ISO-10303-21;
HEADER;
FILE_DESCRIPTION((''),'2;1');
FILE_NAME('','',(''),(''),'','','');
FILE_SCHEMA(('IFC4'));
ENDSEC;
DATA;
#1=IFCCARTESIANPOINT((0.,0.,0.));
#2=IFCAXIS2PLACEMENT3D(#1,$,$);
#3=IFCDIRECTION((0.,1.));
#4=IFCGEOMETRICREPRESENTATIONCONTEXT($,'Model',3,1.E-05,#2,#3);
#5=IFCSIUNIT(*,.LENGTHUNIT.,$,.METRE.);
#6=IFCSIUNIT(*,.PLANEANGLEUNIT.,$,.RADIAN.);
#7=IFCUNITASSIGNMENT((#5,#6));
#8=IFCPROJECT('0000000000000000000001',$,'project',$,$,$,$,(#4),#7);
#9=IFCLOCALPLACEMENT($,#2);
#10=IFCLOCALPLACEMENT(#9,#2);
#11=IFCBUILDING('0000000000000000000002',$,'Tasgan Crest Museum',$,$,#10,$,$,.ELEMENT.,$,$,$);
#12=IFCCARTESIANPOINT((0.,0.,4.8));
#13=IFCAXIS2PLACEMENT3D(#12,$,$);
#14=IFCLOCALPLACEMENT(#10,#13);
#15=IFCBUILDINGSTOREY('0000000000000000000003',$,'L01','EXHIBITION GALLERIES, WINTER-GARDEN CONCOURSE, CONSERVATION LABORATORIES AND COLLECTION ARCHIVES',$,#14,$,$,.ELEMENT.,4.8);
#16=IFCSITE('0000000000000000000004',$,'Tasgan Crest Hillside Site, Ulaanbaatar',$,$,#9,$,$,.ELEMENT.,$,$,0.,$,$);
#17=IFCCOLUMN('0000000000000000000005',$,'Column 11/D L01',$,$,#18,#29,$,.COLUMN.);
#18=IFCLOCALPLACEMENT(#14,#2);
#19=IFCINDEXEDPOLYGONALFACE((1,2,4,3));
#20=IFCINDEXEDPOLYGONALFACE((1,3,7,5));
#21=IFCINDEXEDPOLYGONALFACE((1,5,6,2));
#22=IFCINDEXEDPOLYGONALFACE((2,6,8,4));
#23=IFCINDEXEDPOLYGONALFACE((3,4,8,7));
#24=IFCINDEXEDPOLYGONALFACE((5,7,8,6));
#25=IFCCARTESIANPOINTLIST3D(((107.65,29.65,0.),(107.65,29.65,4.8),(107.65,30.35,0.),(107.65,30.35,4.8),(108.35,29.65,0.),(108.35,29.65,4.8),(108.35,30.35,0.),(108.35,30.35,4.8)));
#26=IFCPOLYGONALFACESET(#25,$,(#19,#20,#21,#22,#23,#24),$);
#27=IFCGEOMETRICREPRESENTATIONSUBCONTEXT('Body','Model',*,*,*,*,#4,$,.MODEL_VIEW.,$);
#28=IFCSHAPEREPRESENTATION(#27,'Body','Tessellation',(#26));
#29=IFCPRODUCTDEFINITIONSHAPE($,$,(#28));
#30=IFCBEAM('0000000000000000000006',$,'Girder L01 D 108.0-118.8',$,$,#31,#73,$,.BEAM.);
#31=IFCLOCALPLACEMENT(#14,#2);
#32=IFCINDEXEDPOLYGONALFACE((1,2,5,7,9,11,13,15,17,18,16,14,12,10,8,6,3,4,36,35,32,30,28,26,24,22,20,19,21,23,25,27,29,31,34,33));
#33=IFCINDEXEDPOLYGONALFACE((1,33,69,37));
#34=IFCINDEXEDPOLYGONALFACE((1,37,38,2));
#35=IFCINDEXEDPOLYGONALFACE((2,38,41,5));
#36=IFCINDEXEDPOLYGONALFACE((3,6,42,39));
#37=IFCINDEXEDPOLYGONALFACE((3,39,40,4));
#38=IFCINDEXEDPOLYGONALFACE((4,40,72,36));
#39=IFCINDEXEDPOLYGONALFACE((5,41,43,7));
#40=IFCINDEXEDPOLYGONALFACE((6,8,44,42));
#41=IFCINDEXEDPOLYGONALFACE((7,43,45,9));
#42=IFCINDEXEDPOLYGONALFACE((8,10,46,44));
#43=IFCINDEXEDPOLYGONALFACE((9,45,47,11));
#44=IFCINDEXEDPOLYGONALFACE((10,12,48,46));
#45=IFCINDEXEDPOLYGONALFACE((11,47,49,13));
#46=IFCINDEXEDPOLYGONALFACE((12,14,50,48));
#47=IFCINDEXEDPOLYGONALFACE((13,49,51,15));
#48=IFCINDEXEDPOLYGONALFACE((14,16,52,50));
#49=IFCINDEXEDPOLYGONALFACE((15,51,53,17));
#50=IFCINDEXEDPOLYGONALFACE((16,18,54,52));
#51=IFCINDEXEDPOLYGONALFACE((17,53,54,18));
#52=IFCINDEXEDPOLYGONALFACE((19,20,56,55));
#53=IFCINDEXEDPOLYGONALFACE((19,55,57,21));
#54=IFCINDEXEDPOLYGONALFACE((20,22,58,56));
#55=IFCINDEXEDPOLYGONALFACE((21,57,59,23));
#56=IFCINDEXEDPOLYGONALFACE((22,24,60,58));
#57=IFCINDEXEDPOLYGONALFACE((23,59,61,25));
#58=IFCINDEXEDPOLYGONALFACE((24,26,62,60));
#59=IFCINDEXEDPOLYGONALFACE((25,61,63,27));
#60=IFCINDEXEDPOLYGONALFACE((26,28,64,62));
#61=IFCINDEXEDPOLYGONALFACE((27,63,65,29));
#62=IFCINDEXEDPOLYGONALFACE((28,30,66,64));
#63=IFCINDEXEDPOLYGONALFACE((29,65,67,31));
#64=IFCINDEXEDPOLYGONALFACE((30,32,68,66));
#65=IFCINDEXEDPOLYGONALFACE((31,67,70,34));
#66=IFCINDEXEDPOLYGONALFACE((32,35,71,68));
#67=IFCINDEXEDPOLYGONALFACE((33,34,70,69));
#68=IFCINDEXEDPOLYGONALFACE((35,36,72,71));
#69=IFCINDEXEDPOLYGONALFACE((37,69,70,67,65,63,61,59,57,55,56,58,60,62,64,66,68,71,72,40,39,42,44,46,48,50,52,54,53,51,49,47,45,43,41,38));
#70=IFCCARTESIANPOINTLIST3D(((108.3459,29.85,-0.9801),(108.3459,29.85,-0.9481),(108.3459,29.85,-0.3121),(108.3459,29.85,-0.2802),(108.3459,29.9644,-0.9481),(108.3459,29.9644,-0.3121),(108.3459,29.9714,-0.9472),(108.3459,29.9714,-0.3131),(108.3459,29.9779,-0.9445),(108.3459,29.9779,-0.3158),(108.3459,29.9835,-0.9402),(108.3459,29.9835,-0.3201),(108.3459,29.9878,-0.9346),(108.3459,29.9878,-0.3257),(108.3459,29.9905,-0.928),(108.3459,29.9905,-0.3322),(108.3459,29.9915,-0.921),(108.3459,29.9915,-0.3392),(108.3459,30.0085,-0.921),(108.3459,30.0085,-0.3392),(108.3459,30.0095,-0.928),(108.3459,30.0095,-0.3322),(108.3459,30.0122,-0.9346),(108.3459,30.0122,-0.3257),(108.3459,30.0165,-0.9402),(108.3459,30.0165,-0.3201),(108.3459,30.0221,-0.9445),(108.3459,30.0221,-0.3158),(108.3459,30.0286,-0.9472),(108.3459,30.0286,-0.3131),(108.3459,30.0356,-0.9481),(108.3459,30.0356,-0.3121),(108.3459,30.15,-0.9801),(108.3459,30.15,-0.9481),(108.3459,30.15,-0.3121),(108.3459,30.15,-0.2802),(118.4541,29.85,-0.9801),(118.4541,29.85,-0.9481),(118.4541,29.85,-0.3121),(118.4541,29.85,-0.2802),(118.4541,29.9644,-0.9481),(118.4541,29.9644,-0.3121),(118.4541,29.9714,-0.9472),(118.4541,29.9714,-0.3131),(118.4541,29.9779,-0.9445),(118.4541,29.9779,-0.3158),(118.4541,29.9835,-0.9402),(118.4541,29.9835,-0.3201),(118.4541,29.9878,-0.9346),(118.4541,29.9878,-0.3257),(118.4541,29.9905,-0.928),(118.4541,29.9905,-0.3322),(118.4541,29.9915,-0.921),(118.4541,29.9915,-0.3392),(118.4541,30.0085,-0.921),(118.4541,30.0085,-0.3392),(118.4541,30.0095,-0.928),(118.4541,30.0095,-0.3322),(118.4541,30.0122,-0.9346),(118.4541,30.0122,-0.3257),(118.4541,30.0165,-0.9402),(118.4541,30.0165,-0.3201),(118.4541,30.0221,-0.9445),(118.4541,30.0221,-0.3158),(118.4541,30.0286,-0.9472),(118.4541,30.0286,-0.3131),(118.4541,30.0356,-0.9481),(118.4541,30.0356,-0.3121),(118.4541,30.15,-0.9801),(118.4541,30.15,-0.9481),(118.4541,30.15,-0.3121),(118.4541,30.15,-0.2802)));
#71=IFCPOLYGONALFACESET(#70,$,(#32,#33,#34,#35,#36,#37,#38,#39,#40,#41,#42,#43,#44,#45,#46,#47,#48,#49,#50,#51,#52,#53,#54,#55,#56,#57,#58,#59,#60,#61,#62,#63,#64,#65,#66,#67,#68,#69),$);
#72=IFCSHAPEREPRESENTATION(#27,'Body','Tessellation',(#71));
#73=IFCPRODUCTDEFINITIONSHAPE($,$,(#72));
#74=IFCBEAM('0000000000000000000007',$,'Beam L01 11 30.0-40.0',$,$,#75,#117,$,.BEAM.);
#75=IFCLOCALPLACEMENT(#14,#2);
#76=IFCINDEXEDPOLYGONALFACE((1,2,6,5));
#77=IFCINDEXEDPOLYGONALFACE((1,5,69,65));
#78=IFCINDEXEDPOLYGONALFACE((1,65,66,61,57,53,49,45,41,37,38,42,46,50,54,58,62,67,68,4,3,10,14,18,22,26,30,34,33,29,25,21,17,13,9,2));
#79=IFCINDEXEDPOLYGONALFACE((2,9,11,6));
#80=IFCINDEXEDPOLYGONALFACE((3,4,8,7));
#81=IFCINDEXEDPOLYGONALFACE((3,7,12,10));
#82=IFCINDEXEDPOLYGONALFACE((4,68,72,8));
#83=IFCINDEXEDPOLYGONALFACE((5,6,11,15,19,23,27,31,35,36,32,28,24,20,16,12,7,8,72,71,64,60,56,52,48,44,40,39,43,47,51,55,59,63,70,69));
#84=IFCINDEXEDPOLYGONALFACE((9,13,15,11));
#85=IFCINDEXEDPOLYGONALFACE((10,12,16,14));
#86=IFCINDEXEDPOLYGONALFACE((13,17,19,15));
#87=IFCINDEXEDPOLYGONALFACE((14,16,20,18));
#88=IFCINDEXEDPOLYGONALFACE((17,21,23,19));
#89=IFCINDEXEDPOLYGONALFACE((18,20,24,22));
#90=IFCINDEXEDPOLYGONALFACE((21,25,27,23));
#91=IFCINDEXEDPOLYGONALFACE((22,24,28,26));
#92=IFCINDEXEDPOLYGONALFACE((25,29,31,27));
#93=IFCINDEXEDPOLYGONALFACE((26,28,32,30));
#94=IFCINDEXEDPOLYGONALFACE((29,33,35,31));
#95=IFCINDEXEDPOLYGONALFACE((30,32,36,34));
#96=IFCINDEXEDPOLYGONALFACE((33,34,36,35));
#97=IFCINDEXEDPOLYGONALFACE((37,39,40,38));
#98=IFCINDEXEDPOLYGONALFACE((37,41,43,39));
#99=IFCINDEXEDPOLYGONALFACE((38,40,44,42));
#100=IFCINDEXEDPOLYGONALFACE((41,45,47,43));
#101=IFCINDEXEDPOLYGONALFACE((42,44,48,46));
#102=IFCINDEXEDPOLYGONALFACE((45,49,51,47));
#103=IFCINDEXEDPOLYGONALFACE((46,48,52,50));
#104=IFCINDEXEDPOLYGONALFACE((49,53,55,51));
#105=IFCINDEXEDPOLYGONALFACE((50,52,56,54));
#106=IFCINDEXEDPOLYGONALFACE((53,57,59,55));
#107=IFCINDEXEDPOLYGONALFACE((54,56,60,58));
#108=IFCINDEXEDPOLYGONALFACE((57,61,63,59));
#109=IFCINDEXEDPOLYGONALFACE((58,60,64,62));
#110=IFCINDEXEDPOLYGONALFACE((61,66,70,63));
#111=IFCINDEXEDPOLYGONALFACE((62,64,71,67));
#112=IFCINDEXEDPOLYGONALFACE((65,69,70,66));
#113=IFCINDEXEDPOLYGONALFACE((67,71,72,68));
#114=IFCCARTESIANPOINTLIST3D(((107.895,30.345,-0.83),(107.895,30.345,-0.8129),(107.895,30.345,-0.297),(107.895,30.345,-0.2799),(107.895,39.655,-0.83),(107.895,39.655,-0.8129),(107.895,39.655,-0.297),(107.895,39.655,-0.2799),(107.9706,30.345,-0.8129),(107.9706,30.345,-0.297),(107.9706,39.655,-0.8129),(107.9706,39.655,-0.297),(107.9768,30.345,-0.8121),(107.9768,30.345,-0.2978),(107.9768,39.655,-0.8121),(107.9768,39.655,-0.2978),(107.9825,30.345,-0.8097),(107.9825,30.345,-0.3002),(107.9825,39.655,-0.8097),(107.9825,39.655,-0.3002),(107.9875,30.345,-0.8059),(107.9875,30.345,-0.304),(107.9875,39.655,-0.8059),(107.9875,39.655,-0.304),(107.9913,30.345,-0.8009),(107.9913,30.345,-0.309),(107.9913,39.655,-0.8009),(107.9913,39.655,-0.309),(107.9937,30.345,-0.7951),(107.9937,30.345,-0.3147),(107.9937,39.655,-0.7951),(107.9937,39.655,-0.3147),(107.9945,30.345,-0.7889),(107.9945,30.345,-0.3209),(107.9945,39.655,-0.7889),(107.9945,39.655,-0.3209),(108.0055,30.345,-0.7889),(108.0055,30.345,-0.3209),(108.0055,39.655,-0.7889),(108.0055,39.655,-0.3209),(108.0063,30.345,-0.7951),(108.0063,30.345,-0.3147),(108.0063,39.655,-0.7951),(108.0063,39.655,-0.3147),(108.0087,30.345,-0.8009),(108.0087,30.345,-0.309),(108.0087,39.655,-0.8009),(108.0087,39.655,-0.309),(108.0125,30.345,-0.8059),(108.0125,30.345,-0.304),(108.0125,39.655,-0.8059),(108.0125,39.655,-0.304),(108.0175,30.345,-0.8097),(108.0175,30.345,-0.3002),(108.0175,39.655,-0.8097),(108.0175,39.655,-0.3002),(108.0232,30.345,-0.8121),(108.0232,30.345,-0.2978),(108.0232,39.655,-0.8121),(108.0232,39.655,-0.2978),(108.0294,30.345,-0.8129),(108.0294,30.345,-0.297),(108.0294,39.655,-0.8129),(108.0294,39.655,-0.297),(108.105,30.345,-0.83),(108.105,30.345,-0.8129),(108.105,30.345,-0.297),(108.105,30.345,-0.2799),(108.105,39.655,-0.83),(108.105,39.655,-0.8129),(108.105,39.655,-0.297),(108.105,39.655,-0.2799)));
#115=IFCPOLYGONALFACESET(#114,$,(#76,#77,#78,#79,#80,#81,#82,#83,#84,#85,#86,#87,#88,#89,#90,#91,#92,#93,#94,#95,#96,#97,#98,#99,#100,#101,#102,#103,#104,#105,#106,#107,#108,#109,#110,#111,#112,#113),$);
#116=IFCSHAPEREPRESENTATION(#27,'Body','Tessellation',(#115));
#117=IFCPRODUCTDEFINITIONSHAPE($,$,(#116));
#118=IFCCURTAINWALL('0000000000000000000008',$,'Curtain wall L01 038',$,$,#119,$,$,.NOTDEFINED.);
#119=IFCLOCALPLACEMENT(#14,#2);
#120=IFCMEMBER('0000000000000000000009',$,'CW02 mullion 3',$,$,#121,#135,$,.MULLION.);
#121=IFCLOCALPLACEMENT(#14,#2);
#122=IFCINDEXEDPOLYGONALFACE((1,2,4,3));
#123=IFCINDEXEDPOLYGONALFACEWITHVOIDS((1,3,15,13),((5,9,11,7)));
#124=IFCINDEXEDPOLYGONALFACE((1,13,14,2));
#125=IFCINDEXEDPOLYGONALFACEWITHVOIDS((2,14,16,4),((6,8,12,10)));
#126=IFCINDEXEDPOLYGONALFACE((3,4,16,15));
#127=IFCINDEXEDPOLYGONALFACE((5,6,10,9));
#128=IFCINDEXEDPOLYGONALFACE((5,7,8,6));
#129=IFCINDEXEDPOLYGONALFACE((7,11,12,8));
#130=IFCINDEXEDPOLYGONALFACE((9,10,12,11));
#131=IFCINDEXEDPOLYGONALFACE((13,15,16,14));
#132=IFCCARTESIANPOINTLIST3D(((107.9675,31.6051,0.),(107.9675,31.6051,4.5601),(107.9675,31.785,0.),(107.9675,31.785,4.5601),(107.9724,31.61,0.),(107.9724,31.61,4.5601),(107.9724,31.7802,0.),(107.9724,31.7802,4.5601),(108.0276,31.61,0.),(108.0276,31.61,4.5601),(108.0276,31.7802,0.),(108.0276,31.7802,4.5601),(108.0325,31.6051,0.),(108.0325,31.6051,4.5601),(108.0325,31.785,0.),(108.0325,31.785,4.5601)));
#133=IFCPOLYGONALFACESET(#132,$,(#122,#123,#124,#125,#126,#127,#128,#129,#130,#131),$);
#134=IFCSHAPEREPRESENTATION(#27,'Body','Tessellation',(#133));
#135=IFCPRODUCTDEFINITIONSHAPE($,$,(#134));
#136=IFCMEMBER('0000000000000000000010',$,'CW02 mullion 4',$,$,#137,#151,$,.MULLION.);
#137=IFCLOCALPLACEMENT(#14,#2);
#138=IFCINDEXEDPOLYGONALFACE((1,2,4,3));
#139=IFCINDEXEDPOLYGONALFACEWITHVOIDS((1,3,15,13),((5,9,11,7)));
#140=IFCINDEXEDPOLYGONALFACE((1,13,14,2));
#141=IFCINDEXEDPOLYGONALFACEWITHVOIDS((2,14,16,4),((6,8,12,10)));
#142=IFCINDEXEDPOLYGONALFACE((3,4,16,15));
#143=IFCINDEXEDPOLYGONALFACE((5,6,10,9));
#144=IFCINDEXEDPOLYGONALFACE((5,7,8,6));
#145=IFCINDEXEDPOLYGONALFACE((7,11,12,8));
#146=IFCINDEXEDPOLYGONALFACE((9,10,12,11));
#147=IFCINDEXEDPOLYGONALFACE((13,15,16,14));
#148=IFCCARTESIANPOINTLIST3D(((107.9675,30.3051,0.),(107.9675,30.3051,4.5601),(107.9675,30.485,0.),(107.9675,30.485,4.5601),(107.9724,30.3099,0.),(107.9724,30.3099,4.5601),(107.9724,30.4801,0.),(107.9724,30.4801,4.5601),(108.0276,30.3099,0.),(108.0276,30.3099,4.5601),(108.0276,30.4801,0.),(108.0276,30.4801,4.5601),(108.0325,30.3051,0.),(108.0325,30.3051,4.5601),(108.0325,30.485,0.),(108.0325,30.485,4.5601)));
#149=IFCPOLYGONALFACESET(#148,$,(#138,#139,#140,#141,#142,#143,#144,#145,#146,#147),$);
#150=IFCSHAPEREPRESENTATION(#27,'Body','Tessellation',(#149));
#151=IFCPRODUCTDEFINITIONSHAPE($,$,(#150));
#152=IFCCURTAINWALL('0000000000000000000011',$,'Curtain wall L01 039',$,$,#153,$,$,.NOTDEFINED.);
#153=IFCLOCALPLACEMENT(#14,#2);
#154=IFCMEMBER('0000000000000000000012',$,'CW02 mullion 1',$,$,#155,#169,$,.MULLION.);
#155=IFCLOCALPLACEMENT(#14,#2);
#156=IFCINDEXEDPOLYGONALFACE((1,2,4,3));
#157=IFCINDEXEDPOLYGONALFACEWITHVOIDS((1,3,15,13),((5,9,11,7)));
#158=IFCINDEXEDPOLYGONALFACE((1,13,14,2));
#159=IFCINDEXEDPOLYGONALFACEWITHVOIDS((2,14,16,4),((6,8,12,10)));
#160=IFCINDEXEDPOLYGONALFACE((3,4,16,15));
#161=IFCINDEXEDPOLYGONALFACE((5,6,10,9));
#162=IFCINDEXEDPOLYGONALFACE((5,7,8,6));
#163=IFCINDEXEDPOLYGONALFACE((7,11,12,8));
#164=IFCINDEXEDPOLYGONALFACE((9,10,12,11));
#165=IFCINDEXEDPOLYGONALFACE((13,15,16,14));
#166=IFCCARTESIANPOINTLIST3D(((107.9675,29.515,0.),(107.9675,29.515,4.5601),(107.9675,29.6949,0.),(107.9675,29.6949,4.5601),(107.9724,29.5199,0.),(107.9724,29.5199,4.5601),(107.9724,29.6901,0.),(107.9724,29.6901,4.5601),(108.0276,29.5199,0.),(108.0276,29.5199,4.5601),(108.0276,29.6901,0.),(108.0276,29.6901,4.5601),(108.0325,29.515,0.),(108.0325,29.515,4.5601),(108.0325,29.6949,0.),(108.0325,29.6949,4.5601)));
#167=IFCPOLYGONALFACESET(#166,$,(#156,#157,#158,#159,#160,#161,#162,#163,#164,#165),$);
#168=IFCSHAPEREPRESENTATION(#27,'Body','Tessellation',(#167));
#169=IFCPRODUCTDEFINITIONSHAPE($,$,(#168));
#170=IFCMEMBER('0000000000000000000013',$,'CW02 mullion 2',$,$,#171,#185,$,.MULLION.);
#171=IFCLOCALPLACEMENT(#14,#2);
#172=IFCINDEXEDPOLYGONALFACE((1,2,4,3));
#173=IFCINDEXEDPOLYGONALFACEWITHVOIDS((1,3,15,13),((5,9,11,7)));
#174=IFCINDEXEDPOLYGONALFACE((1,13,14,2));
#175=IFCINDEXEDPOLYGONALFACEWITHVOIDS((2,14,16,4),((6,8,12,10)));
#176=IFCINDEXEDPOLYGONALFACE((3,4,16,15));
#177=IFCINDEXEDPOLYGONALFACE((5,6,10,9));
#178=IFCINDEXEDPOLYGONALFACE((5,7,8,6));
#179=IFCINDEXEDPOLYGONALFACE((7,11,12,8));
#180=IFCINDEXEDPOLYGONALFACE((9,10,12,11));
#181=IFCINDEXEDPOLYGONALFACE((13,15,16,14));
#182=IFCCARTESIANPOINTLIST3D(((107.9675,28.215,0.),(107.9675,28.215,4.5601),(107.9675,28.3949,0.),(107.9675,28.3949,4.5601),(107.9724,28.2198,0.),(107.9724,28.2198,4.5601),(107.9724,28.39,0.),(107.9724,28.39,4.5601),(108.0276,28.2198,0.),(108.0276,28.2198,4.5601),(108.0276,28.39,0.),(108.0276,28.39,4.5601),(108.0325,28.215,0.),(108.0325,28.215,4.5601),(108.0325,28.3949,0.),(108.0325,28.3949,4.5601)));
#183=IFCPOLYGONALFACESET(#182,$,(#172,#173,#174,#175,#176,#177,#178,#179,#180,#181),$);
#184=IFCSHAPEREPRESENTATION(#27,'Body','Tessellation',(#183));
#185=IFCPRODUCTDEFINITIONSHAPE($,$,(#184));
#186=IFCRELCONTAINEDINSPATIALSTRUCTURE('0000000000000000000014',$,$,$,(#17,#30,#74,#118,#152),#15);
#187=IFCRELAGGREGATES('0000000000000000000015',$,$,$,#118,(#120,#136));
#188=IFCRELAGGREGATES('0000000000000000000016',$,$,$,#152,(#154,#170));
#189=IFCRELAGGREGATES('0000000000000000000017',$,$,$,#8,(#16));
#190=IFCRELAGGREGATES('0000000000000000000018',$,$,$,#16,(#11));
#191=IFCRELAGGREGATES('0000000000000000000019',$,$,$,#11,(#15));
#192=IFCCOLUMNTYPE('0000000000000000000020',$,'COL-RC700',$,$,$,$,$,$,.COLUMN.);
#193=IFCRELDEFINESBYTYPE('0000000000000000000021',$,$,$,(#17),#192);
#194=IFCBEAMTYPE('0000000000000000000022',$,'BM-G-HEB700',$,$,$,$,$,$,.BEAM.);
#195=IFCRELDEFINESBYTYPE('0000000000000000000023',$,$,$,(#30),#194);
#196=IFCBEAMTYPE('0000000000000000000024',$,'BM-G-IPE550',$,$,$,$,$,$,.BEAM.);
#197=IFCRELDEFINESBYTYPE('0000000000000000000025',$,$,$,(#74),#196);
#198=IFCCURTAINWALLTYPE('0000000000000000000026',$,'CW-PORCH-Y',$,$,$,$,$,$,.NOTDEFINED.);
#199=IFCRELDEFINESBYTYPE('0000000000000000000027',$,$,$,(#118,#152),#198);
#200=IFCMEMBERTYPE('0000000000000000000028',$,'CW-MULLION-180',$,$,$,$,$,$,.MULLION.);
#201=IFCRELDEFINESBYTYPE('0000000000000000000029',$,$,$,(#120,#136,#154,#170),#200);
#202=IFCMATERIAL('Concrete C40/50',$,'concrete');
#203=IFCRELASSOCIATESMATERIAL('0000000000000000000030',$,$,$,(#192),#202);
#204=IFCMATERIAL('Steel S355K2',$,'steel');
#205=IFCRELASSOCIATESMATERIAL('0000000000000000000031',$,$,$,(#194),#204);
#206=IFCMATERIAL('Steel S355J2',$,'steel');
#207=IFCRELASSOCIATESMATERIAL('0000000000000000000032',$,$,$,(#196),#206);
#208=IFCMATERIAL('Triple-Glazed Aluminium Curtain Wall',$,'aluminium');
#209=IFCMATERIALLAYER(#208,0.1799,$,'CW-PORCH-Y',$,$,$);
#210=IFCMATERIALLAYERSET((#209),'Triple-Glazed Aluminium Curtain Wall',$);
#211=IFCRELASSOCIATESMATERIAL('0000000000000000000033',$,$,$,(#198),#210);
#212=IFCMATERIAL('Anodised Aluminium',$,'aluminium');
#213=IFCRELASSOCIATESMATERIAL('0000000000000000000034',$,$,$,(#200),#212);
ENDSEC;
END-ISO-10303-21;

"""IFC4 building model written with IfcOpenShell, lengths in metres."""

from ifc_helpers import new_model, si_unit, direction, frame, origin, origin_2d, place, context, subcontext, project, spatial, rectangle, hollow_rectangle, i_section, extrude, material, layer, layer_set, material_profile, profile_set, type_object, element, aggregate, save


model = new_model("IFC4")

# Units and contexts
model_context = context("Model", 3, precision=1e-05, world=origin(), true_north=direction((0.0, 1.0)))
body_context = subcontext(model_context, "Body", "Model", "MODEL_VIEW")
ifc_project = project(units=[si_unit("LENGTHUNIT", "METRE"), si_unit("PLANEANGLEUNIT", "RADIAN")], contexts=[model_context])

# Site, building, storey
site_placement = place(None, origin())
site = spatial("IfcSite", under=ifc_project, at=site_placement, Name="Tasgan Crest Hillside Site, Ulaanbaatar", CompositionType="ELEMENT", RefElevation=0.0)
building_placement = place(site_placement, origin())
building = spatial("IfcBuilding", under=site, at=building_placement, Name="Tasgan Crest Museum", CompositionType="ELEMENT")
storey_placement = place(building_placement, frame((0.0, 0.0, 4.8)))
storey = spatial("IfcBuildingStorey", under=building, at=storey_placement, Name="L01", Description="EXHIBITION GALLERIES, WINTER-GARDEN CONCOURSE, CONSERVATION LABORATORIES AND COLLECTION ARCHIVES", CompositionType="ELEMENT", Elevation=4.8)

# Column
ifc_material_1 = material(Name="Concrete C40/50", Category="concrete")
ifc_material_profile_1 = material_profile(ifc_material_1, rectangle(XDim=0.7, YDim=0.7, at=origin_2d()), Name="RC 700x700")
ifc_profile_set_1 = profile_set([ifc_material_profile_1], Name="Concrete C40/50")
column_type = type_object("IfcColumnType", Name="COL-RC700", PredefinedType="COLUMN", material=ifc_profile_set_1)
column_placement = place(storey_placement, frame((108.0, 30.0, 0.0), z_axis=(0.0, 0.0, 1.0), x_axis=(1.0, 0.0, 0.0)))
element("IfcColumn", 1, at=column_placement, inside=storey, type_object=column_type, Name="Column 11/D L01", PredefinedType="COLUMN", context=body_context, shape_type="SweptSolid", body=[
    extrude(rectangle(XDim=0.7, YDim=0.7, at=origin_2d()), origin(), (0.0, 0.0, 1.0), 4.8),
])

# Beams
ifc_material_2 = material(Name="Steel S355K2", Category="steel")
ifc_material_profile_2 = material_profile(ifc_material_2, i_section(OverallWidth=0.3, OverallDepth=0.7, WebThickness=0.0171, FlangeThickness=0.032, FilletRadius=0.0271, at=origin_2d()), Name="HEB 700")
ifc_profile_set_2 = profile_set([ifc_material_profile_2], Name="Steel S355K2")
beam_type_1 = type_object("IfcBeamType", Name="BM-G-HEB700", PredefinedType="BEAM", material=ifc_profile_set_2)
beam_1_placement = place(storey_placement, frame((108.3459, 30.0, -0.6301), z_axis=(1.0, 0.0, 0.0), x_axis=(0.0, 1.0, 0.0)))
element("IfcBeam", 2, at=beam_1_placement, inside=storey, type_object=beam_type_1, Name="Girder L01 D 108.0-118.8", PredefinedType="BEAM", context=body_context, shape_type="SweptSolid", body=[
    extrude(i_section(OverallWidth=0.3, OverallDepth=0.7, WebThickness=0.0171, FlangeThickness=0.032, FilletRadius=0.0271, at=origin_2d()), origin(), (0.0, 0.0, 1.0), 10.1082),
])
ifc_material_3 = material(Name="Steel S355J2", Category="steel")
ifc_material_profile_3 = material_profile(ifc_material_3, i_section(OverallWidth=0.21, OverallDepth=0.55, WebThickness=0.011, FlangeThickness=0.0171, FilletRadius=0.0239, at=origin_2d()), Name="IPE 550")
ifc_profile_set_3 = profile_set([ifc_material_profile_3], Name="Steel S355J2")
beam_type_2 = type_object("IfcBeamType", Name="BM-G-IPE550", PredefinedType="BEAM", material=ifc_profile_set_3)
beam_2_placement = place(storey_placement, frame((108.0, 30.345, -0.5549), z_axis=(0.0, 1.0, 0.0), x_axis=(-1.0, 0.0, 0.0)))
element("IfcBeam", 3, at=beam_2_placement, inside=storey, type_object=beam_type_2, Name="Beam L01 11 30.0-40.0", PredefinedType="BEAM", context=body_context, shape_type="SweptSolid", body=[
    extrude(i_section(OverallWidth=0.21, OverallDepth=0.55, WebThickness=0.011, FlangeThickness=0.0171, FilletRadius=0.0239, at=origin_2d()), origin(), (0.0, 0.0, 1.0), 9.3101),
])

# Curtain walls, members
ifc_material_4 = material(Name="Triple-Glazed Aluminium Curtain Wall", Category="aluminium")
ifc_layer_1 = layer(ifc_material_4, 0.1799, Name="CW-PORCH-Y")
ifc_layer_set_1 = layer_set([ifc_layer_1], Name="Triple-Glazed Aluminium Curtain Wall")
curtain_wall_type = type_object("IfcCurtainWallType", Name="CW-PORCH-Y", PredefinedType="NOTDEFINED", material=ifc_layer_set_1)
curtain_wall_1_placement = place(storey_placement, origin())
curtain_wall_1 = element("IfcCurtainWall", 4, at=curtain_wall_1_placement, inside=storey, type_object=curtain_wall_type, Name="Curtain wall L01 038", PredefinedType="NOTDEFINED")
ifc_material_5 = material(Name="Anodised Aluminium", Category="aluminium")
ifc_material_profile_4 = material_profile(ifc_material_5, hollow_rectangle(XDim=0.0649, YDim=0.1799, WallThickness=0.0049, at=origin_2d()), Name="ALU MULLION 180x65x5")
ifc_profile_set_4 = profile_set([ifc_material_profile_4], Name="Anodised Aluminium")
member_type_1 = type_object("IfcMemberType", Name="CW-MULLION-180", PredefinedType="MULLION", material=ifc_profile_set_4)
member_1_placement = place(storey_placement, frame((108.0, 31.6951, 0.0), z_axis=(0.0, 0.0, 1.0), x_axis=(1.0, 0.0, 0.0)))
member_1 = element("IfcMember", 5, at=member_1_placement, type_object=member_type_1, Name="CW02 mullion 3", PredefinedType="MULLION", context=body_context, shape_type="SweptSolid", body=[
    extrude(hollow_rectangle(XDim=0.0649, YDim=0.1799, WallThickness=0.0049, at=origin_2d()), origin(), (0.0, 0.0, 1.0), 4.5601),
])
member_2_placement = place(storey_placement, frame((108.0, 30.395, 0.0), z_axis=(0.0, 0.0, 1.0), x_axis=(1.0, 0.0, 0.0)))
member_2 = element("IfcMember", 6, at=member_2_placement, type_object=member_type_1, Name="CW02 mullion 4", PredefinedType="MULLION", context=body_context, shape_type="SweptSolid", body=[
    extrude(hollow_rectangle(XDim=0.0649, YDim=0.1799, WallThickness=0.0049, at=origin_2d()), origin(), (0.0, 0.0, 1.0), 4.5601),
])
curtain_wall_2_placement = place(storey_placement, origin())
curtain_wall_2 = element("IfcCurtainWall", 7, at=curtain_wall_2_placement, inside=storey, type_object=curtain_wall_type, Name="Curtain wall L01 039", PredefinedType="NOTDEFINED")
member_3_placement = place(storey_placement, frame((108.0, 29.605, 0.0), z_axis=(0.0, 0.0, 1.0), x_axis=(1.0, 0.0, 0.0)))
member_3 = element("IfcMember", 8, at=member_3_placement, type_object=member_type_1, Name="CW02 mullion 1", PredefinedType="MULLION", context=body_context, shape_type="SweptSolid", body=[
    extrude(hollow_rectangle(XDim=0.0649, YDim=0.1799, WallThickness=0.0049, at=origin_2d()), origin(), (0.0, 0.0, 1.0), 4.5601),
])
member_4_placement = place(storey_placement, frame((108.0, 28.3049, 0.0), z_axis=(0.0, 0.0, 1.0), x_axis=(1.0, 0.0, 0.0)))
member_4 = element("IfcMember", 9, at=member_4_placement, type_object=member_type_1, Name="CW02 mullion 2", PredefinedType="MULLION", context=body_context, shape_type="SweptSolid", body=[
    extrude(hollow_rectangle(XDim=0.0649, YDim=0.1799, WallThickness=0.0049, at=origin_2d()), origin(), (0.0, 0.0, 1.0), 4.5601),
])

aggregate(curtain_wall_1, [member_1, member_2])
aggregate(curtain_wall_2, [member_3, member_4])

save(model, "model.ifc")
